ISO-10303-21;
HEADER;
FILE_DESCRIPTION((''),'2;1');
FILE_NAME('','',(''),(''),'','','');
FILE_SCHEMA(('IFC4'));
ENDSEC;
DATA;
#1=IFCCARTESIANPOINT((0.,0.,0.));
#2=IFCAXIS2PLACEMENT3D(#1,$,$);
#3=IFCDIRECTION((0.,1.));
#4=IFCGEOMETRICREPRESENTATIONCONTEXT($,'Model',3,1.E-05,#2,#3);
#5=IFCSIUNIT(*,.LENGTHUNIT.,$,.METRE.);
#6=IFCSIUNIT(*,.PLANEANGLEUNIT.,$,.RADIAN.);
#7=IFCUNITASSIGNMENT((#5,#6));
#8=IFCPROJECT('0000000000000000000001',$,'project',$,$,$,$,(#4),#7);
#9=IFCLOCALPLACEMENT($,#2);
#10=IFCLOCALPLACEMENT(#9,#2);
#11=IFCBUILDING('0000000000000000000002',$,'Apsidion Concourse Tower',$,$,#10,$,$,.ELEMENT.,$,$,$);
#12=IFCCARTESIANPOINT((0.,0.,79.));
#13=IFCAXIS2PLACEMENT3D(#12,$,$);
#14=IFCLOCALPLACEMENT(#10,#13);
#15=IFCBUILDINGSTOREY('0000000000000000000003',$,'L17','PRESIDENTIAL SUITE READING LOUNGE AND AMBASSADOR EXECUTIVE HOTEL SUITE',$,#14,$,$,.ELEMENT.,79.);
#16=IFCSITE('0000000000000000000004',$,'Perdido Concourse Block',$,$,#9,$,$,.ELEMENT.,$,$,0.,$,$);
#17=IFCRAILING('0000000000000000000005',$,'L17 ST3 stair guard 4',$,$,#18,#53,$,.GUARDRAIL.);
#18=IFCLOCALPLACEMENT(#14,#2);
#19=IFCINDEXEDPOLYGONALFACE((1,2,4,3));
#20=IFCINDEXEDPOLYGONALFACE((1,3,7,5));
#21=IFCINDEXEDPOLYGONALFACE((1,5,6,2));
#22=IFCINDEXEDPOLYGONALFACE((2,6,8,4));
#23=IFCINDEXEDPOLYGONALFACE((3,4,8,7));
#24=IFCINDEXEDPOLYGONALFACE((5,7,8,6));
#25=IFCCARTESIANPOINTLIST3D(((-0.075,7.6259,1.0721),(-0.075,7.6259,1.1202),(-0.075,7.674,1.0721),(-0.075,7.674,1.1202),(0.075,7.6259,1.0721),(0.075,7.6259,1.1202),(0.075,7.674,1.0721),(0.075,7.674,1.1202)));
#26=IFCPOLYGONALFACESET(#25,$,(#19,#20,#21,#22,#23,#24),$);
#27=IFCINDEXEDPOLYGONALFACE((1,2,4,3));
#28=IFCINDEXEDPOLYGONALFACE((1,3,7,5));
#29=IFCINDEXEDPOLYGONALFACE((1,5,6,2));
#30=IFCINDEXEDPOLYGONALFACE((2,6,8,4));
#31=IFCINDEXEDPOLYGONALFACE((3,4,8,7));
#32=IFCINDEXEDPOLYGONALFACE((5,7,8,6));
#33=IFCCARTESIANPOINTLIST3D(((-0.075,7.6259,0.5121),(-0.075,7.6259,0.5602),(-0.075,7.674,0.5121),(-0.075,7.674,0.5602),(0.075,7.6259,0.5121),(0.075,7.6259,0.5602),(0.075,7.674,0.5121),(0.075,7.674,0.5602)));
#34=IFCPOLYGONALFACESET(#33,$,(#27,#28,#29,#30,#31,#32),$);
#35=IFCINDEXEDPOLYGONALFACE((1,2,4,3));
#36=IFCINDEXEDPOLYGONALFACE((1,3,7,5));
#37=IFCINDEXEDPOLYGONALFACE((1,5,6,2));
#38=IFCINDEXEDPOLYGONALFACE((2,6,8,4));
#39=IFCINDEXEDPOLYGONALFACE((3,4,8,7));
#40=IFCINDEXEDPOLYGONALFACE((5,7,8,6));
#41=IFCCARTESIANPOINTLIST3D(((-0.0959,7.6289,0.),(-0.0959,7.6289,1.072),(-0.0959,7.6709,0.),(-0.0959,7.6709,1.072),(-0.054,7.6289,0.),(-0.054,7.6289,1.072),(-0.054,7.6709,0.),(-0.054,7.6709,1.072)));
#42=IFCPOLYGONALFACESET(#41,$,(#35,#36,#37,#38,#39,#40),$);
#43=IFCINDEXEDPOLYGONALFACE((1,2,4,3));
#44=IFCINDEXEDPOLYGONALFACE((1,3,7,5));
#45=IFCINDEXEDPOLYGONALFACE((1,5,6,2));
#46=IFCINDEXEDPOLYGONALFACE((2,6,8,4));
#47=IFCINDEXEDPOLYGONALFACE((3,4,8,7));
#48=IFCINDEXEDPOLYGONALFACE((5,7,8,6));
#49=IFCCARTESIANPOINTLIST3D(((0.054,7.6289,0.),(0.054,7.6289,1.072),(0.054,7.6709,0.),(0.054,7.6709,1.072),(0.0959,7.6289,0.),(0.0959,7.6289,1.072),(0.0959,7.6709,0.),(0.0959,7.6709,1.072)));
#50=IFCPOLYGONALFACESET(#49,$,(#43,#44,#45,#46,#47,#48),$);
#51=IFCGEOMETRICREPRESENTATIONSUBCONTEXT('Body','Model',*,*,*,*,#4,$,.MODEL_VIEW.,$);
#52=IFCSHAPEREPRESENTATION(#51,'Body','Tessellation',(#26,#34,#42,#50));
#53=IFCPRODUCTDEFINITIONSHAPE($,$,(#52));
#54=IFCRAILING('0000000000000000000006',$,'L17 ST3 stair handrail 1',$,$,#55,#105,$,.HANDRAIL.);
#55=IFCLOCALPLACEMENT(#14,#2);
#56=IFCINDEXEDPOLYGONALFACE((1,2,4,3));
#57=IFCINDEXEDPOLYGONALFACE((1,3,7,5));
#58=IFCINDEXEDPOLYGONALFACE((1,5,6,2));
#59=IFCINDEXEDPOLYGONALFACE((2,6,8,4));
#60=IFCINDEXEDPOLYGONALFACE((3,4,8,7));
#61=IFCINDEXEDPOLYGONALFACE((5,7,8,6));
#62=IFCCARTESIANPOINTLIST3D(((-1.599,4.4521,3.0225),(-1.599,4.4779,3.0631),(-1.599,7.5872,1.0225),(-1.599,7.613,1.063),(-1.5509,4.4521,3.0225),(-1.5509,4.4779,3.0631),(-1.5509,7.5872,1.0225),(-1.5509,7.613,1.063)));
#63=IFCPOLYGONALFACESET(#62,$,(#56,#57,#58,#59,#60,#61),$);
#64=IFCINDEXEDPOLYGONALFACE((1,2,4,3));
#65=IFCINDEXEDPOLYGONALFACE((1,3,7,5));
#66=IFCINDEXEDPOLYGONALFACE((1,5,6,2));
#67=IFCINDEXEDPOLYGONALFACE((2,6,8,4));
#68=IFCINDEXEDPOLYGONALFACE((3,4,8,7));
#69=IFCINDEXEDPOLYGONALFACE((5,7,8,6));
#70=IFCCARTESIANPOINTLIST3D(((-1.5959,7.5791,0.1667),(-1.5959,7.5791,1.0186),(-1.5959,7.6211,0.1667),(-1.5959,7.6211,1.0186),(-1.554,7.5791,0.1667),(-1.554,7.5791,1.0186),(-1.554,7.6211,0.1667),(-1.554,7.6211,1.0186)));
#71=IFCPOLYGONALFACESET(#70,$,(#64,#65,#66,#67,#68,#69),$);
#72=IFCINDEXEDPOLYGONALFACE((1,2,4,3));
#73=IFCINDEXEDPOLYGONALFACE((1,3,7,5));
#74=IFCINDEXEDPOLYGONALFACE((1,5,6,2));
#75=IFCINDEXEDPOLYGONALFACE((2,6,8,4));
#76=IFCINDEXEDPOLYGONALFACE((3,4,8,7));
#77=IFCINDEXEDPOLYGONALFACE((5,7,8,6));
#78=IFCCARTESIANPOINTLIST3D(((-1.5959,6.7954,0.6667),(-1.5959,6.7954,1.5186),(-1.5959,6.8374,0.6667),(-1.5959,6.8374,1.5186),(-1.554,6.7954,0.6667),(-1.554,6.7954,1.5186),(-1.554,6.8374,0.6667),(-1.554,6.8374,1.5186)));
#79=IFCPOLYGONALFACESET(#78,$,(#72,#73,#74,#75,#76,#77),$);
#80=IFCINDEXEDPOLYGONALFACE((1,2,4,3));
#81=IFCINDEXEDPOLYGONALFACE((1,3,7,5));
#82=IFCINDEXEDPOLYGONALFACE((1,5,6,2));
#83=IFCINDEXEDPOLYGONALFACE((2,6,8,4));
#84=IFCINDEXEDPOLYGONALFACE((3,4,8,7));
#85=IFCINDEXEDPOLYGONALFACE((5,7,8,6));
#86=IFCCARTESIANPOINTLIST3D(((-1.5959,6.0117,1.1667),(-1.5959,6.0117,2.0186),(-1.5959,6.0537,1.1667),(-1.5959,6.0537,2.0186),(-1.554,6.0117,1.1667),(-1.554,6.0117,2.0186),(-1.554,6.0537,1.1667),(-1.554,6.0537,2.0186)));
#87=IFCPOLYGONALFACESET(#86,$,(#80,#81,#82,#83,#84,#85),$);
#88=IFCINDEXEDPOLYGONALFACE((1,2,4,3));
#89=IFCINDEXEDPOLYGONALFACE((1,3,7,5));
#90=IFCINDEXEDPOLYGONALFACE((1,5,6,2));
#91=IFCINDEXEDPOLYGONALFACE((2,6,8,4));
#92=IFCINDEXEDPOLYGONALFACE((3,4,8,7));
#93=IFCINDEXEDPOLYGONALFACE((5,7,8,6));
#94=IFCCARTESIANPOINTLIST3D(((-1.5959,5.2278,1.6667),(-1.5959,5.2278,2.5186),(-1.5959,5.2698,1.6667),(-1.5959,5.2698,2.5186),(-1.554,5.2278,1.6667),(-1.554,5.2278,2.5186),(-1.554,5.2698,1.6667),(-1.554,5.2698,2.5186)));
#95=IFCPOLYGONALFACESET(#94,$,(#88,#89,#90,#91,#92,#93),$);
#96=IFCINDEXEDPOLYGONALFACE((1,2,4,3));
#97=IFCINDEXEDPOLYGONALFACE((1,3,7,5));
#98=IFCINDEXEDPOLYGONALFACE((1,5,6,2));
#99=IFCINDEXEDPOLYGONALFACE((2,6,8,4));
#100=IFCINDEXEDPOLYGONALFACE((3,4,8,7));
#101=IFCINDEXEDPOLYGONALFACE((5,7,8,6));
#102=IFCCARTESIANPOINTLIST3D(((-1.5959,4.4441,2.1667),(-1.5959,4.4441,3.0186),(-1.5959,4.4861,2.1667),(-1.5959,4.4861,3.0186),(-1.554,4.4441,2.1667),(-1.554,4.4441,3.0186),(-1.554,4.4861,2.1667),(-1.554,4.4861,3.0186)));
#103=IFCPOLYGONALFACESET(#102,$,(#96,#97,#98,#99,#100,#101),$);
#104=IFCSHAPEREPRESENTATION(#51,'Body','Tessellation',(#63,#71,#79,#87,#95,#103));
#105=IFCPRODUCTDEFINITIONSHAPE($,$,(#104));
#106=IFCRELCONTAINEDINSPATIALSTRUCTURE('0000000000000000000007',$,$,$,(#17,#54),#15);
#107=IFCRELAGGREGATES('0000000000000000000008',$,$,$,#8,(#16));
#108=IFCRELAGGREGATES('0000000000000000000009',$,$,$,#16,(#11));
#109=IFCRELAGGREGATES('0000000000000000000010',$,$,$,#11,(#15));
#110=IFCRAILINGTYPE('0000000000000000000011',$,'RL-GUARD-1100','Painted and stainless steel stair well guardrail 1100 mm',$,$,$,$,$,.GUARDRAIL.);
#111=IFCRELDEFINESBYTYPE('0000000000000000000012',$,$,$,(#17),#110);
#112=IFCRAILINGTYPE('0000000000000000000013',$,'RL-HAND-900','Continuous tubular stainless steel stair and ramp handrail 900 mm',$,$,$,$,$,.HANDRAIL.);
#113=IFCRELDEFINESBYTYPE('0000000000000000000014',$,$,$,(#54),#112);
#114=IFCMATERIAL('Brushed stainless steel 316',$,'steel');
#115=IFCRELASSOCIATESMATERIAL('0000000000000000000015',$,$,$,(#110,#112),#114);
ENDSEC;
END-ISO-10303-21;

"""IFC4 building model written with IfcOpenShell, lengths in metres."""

from ifc_helpers import new_model, si_unit, direction, frame, origin, origin_2d, place, context, subcontext, project, spatial, rectangle, extrude, material, type_object, element, save


model = new_model("IFC4")

# Units and contexts
model_context = context("Model", 3, precision=1e-05, world=origin(), true_north=direction((0.0, 1.0)))
body_context = subcontext(model_context, "Body", "Model", "MODEL_VIEW")
ifc_project = project(units=[si_unit("LENGTHUNIT", "METRE"), si_unit("PLANEANGLEUNIT", "RADIAN")], contexts=[model_context])

# Site, building, storey
site_placement = place(None, origin())
site = spatial("IfcSite", under=ifc_project, at=site_placement, Name="Perdido Concourse Block", CompositionType="ELEMENT", RefElevation=0.0)
building_placement = place(site_placement, origin())
building = spatial("IfcBuilding", under=site, at=building_placement, Name="Apsidion Concourse Tower", CompositionType="ELEMENT")
storey_placement = place(building_placement, frame((0.0, 0.0, 79.0)))
storey = spatial("IfcBuildingStorey", under=building, at=storey_placement, Name="L17", Description="PRESIDENTIAL SUITE READING LOUNGE AND AMBASSADOR EXECUTIVE HOTEL SUITE", CompositionType="ELEMENT", Elevation=79.0)

# Shared definitions
ifc_material_1 = material(Name="Brushed stainless steel 316", Category="steel")

# Railings
railing_type_1 = type_object("IfcRailingType", Name="RL-GUARD-1100", Description="Painted and stainless steel stair well guardrail 1100 mm", PredefinedType="GUARDRAIL", material=ifc_material_1)
railing_1_placement = place(storey_placement, frame((-0.075, 7.6499, 0.0)))
element("IfcRailing", 1, at=railing_1_placement, inside=storey, type_object=railing_type_1, Name="L17 ST3 stair guard 4", PredefinedType="GUARDRAIL", context=body_context, shape_type="SweptSolid", body=[
    extrude(rectangle(XDim=0.0481, YDim=0.0481, at=origin_2d()), frame((0.0, 0.0, 1.0962), z_axis=(1.0, 0.0, 0.0), x_axis=(0.0, 1.0, 0.0)), (0.0, 0.0, 1.0), 0.1499),
    extrude(rectangle(XDim=0.0481, YDim=0.0481, at=origin_2d()), frame((0.0, 0.0, 0.5361), z_axis=(1.0, 0.0, 0.0), x_axis=(0.0, 1.0, 0.0)), (0.0, 0.0, 1.0), 0.1499),
    extrude(rectangle(XDim=0.042, YDim=0.042, at=origin_2d()), origin(), (0.0, 0.0, 1.0), 1.072),
    extrude(rectangle(XDim=0.042, YDim=0.042, at=origin_2d()), frame((0.1499, 0.0, 0.0)), (0.0, 0.0, 1.0), 1.072),
])
railing_type_2 = type_object("IfcRailingType", Name="RL-HAND-900", Description="Continuous tubular stainless steel stair and ramp handrail 900 mm", PredefinedType="HANDRAIL", material=ifc_material_1)
railing_2_placement = place(storey_placement, frame((-1.575, 7.6001, 0.1667)))
element("IfcRailing", 2, at=railing_2_placement, inside=storey, type_object=railing_type_2, Name="L17 ST3 stair handrail 1", PredefinedType="HANDRAIL", context=body_context, shape_type="SweptSolid", body=[
    extrude(rectangle(XDim=0.0481, YDim=0.0481, at=origin_2d()), frame((0.0, 0.0, 0.876), z_axis=(0.0, -0.843053, 0.537831), x_axis=(1.0, 0.0, 0.0)), (0.0, 0.0, 1.0), 3.7188),
    extrude(rectangle(XDim=0.042, YDim=0.042, at=origin_2d()), origin(), (0.0, 0.0, 1.0), 0.8518),
    extrude(rectangle(XDim=0.042, YDim=0.042, at=origin_2d()), frame((0.0, -0.7837, 0.5)), (0.0, 0.0, 1.0), 0.8518),
    extrude(rectangle(XDim=0.042, YDim=0.042, at=origin_2d()), frame((0.0, -1.5674, 1.0)), (0.0, 0.0, 1.0), 0.8518),
    extrude(rectangle(XDim=0.042, YDim=0.042, at=origin_2d()), frame((0.0, -2.3513, 1.5)), (0.0, 0.0, 1.0), 0.8518),
    extrude(rectangle(XDim=0.042, YDim=0.042, at=origin_2d()), frame((0.0, -3.135, 2.0)), (0.0, 0.0, 1.0), 0.8518),
])

save(model, "model.ifc")
